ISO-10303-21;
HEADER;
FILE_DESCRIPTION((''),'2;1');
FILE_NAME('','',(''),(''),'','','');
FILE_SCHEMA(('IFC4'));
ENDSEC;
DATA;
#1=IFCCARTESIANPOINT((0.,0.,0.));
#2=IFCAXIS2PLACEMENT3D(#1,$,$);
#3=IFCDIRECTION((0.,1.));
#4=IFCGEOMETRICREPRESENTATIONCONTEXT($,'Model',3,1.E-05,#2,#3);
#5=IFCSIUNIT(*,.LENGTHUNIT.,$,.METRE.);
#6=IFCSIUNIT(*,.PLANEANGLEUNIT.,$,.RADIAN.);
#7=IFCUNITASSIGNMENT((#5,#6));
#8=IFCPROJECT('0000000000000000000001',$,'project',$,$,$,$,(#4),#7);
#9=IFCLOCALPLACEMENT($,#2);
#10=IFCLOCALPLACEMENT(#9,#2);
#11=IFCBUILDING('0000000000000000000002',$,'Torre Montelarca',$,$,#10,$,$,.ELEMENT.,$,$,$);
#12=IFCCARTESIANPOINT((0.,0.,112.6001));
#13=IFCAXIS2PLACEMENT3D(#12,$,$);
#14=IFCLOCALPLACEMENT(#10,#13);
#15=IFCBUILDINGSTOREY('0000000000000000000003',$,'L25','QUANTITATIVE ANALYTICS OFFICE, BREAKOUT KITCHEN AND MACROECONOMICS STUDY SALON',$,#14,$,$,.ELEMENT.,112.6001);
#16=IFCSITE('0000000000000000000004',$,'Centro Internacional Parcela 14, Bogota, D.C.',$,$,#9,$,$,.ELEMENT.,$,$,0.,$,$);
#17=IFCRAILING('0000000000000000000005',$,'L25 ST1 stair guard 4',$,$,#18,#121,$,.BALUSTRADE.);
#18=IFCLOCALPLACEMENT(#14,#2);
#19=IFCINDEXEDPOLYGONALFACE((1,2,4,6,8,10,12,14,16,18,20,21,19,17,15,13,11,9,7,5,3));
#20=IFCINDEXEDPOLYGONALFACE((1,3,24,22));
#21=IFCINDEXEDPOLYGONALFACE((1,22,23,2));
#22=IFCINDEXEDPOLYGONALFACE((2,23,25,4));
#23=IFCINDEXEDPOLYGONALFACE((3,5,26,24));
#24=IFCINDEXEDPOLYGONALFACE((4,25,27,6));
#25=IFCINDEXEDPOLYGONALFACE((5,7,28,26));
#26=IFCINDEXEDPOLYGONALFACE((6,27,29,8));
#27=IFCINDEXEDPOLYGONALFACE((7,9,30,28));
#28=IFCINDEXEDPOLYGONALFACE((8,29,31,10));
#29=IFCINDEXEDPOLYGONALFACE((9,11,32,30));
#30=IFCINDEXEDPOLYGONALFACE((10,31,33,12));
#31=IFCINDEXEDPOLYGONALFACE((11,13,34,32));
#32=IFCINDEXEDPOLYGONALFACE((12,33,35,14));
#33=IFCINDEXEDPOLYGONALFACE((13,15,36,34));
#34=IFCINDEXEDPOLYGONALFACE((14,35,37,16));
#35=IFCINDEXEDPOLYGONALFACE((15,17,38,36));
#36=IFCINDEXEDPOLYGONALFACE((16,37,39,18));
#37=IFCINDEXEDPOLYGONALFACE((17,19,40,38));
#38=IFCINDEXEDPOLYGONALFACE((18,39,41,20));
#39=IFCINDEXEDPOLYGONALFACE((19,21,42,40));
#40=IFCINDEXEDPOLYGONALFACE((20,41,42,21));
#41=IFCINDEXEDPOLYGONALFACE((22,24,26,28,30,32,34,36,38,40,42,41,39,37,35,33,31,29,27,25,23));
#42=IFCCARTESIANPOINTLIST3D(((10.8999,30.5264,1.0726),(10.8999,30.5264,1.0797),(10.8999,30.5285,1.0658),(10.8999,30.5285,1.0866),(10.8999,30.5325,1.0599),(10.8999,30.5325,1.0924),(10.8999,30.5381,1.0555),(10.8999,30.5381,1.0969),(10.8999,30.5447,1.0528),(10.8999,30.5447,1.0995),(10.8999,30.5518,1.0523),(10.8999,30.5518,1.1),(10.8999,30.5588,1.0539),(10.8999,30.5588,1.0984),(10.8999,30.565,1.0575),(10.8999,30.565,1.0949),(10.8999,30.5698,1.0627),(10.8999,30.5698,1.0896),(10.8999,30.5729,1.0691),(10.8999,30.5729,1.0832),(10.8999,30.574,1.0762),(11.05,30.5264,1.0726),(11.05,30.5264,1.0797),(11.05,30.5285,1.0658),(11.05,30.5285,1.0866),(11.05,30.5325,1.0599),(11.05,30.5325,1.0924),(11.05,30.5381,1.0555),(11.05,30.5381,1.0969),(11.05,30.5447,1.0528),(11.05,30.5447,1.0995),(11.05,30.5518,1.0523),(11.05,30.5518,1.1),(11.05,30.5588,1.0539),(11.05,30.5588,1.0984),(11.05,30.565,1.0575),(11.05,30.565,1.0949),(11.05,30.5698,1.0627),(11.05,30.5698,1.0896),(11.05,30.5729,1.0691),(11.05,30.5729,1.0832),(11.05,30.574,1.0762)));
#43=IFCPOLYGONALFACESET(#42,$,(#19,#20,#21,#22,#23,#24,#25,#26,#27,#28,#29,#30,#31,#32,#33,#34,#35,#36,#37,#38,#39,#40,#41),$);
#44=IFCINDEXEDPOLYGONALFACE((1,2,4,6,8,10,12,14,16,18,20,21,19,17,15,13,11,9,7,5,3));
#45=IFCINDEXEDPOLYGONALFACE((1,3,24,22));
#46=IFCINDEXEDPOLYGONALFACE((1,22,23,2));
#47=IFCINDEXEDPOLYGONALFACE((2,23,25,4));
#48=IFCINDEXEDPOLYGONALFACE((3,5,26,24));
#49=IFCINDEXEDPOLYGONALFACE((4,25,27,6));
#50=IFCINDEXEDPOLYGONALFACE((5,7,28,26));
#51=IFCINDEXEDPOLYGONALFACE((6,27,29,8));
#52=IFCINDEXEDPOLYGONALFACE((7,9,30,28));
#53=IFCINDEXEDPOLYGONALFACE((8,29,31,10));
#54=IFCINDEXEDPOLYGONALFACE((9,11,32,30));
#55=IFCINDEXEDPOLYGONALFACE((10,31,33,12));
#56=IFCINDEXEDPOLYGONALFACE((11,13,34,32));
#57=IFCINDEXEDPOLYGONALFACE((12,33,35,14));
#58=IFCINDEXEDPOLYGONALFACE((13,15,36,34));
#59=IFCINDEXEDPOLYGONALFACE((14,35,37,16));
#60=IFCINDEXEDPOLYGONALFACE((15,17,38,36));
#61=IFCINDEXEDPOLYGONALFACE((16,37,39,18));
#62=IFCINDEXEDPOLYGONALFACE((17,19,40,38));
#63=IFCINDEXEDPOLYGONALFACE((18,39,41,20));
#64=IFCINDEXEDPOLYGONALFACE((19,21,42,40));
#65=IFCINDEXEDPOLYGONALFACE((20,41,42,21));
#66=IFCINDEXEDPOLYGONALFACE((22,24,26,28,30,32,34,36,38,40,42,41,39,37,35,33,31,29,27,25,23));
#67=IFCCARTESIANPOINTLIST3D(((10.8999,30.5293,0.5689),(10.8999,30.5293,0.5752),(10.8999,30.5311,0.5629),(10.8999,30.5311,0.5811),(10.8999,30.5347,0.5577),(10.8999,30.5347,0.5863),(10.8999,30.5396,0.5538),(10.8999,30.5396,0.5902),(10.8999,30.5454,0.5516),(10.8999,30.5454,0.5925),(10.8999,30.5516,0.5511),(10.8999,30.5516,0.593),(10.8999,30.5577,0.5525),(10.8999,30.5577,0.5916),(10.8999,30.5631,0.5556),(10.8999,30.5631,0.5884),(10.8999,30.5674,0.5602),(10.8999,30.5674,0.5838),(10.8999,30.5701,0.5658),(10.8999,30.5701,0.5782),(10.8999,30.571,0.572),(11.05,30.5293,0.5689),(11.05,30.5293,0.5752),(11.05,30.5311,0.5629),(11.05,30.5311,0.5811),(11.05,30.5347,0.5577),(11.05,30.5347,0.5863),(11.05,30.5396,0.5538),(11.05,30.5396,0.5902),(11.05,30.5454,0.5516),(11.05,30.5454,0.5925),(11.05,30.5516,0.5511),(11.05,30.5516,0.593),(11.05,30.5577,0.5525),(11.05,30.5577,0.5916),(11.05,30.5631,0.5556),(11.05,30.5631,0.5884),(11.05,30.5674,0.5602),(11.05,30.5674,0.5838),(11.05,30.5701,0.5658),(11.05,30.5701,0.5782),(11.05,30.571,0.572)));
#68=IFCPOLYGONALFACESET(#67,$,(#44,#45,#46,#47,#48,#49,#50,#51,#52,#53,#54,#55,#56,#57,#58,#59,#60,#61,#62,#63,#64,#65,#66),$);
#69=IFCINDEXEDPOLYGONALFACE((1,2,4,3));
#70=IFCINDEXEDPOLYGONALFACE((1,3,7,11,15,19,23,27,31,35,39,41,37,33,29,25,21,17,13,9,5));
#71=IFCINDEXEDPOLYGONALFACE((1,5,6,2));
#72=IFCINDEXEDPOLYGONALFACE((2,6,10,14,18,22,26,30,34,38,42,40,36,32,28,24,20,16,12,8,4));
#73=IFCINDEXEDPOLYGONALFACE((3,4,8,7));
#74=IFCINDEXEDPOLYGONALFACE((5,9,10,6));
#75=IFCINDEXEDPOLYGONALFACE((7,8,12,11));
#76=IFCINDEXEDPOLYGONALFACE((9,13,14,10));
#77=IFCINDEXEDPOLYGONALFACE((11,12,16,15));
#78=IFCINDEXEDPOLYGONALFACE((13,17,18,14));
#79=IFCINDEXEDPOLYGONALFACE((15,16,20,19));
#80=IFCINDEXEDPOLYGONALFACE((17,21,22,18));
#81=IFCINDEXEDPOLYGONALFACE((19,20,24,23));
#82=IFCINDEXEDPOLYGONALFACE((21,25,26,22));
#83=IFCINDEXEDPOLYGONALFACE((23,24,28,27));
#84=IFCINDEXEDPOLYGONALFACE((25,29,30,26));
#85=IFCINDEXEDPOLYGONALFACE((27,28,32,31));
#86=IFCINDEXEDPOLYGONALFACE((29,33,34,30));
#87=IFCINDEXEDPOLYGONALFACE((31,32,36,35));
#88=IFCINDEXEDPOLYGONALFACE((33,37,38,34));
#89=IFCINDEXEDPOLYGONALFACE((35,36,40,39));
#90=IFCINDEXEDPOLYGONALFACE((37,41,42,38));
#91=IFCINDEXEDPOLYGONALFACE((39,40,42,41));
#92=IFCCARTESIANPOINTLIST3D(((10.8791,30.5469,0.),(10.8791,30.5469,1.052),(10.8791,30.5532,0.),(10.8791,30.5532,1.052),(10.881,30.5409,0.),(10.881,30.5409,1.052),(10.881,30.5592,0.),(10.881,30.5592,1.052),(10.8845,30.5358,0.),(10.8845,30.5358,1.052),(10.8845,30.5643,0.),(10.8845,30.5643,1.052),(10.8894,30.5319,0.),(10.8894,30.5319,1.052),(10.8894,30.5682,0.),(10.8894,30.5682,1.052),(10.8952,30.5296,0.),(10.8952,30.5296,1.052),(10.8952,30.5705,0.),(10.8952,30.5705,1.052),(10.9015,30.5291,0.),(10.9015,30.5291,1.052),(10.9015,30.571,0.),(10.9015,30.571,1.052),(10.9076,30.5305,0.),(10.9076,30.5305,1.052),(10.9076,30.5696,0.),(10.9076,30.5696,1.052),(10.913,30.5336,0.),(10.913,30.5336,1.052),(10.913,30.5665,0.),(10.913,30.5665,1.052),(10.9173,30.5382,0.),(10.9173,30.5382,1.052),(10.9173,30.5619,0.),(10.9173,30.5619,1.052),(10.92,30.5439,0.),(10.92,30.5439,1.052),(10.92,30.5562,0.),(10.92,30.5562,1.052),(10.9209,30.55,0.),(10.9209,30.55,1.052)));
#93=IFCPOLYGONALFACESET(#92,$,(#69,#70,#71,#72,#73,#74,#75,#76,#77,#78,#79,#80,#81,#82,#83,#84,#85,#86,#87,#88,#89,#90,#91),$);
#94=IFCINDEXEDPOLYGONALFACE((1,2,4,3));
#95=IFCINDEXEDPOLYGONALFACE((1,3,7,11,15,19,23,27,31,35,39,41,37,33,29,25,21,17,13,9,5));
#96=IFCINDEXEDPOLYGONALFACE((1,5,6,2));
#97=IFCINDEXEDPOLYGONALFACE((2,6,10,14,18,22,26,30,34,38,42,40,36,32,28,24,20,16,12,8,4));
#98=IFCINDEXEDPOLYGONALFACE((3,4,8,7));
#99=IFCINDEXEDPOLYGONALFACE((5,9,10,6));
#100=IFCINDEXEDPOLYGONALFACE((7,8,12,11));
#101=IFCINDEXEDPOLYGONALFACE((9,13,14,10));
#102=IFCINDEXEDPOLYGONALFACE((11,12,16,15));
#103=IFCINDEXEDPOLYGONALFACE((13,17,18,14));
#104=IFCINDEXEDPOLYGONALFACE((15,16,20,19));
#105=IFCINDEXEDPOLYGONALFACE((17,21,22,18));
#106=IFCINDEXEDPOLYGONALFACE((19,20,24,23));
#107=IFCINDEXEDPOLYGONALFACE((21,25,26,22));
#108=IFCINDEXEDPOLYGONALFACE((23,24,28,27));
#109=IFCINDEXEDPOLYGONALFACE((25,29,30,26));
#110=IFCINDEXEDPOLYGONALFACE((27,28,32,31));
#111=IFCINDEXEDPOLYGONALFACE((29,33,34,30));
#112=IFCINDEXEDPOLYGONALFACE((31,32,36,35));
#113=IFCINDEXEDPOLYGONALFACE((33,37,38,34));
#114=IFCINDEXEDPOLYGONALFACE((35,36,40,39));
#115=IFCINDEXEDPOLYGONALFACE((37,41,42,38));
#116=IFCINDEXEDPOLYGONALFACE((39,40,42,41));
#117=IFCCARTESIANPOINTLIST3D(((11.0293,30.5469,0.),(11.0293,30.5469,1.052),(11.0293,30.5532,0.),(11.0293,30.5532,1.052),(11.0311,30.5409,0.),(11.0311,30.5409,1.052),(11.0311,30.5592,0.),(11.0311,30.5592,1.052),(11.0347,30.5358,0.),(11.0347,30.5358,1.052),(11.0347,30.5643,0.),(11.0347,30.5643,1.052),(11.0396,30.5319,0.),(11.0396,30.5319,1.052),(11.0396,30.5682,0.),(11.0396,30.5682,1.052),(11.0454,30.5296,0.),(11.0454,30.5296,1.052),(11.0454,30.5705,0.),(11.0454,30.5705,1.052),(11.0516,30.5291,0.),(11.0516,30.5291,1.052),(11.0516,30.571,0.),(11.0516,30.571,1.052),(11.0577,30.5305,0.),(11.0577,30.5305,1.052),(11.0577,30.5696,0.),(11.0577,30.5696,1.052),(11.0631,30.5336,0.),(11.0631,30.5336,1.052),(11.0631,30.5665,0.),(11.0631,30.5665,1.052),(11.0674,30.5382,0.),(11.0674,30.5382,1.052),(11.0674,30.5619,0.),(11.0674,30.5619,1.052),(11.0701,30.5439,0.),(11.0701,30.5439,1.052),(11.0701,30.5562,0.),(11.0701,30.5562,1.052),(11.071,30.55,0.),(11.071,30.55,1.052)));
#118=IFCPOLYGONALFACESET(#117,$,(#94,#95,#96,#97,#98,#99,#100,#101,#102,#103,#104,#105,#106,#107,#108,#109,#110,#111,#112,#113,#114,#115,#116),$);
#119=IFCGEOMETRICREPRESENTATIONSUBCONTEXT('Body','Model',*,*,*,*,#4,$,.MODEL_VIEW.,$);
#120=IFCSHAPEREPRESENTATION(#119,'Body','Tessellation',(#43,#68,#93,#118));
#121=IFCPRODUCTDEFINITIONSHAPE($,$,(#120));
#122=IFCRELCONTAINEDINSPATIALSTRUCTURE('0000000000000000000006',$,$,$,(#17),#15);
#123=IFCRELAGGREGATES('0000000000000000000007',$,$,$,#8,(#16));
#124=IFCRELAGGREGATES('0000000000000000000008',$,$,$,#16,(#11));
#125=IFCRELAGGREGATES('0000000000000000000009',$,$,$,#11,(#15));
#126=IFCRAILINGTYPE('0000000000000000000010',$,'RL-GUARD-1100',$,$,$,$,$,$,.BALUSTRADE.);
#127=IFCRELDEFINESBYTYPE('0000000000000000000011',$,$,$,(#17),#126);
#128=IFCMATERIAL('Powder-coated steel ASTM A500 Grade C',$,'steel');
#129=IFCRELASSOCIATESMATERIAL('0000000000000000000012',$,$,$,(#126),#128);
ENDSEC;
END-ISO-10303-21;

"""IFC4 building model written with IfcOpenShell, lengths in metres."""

from ifc_helpers import new_model, si_unit, direction, frame, origin, origin_2d, place, context, subcontext, project, spatial, circle, extrude, material, type_object, element, save


model = new_model("IFC4")

# Units and contexts
model_context = context("Model", 3, precision=1e-05, world=origin(), true_north=direction((0.0, 1.0)))
body_context = subcontext(model_context, "Body", "Model", "MODEL_VIEW")
ifc_project = project(units=[si_unit("LENGTHUNIT", "METRE"), si_unit("PLANEANGLEUNIT", "RADIAN")], contexts=[model_context])

# Site, building, storey
site_placement = place(None, origin())
site = spatial("IfcSite", under=ifc_project, at=site_placement, Name="Centro Internacional Parcela 14, Bogota, D.C.", CompositionType="ELEMENT", RefElevation=0.0)
building_placement = place(site_placement, origin())
building = spatial("IfcBuilding", under=site, at=building_placement, Name="Torre Montelarca", CompositionType="ELEMENT")
storey_placement = place(building_placement, frame((0.0, 0.0, 112.6001)))
storey = spatial("IfcBuildingStorey", under=building, at=storey_placement, Name="L25", Description="QUANTITATIVE ANALYTICS OFFICE, BREAKOUT KITCHEN AND MACROECONOMICS STUDY SALON", CompositionType="ELEMENT", Elevation=112.6001)

# Railing
ifc_material_1 = material(Name="Powder-coated steel ASTM A500 Grade C", Category="steel")
railing_type_1 = type_object("IfcRailingType", Name="RL-GUARD-1100", PredefinedType="BALUSTRADE", material=ifc_material_1)
railing_1_placement = place(storey_placement, frame((10.8999, 30.55, 0.0)))
element("IfcRailing", 1, at=railing_1_placement, inside=storey, type_object=railing_type_1, Name="L25 ST1 stair guard 4", PredefinedType="BALUSTRADE", context=body_context, shape_type="SweptSolid", body=[
    extrude(circle(Radius=0.0239, at=origin_2d()), frame((0.0, 0.0, 1.0762), z_axis=(1.0, 0.0, 0.0), x_axis=(0.0, 1.0, 0.0)), (0.0, 0.0, 1.0), 0.1501),
    extrude(circle(Radius=0.021, at=origin_2d()), frame((0.0, 0.0, 0.572), z_axis=(1.0, 0.0, 0.0), x_axis=(0.0, 1.0, 0.0)), (0.0, 0.0, 1.0), 0.1501),
    extrude(circle(Radius=0.021, at=origin_2d()), origin(), (0.0, 0.0, 1.0), 1.052),
    extrude(circle(Radius=0.021, at=origin_2d()), frame((0.1501, 0.0, 0.0)), (0.0, 0.0, 1.0), 1.052),
])

save(model, "model.ifc")
